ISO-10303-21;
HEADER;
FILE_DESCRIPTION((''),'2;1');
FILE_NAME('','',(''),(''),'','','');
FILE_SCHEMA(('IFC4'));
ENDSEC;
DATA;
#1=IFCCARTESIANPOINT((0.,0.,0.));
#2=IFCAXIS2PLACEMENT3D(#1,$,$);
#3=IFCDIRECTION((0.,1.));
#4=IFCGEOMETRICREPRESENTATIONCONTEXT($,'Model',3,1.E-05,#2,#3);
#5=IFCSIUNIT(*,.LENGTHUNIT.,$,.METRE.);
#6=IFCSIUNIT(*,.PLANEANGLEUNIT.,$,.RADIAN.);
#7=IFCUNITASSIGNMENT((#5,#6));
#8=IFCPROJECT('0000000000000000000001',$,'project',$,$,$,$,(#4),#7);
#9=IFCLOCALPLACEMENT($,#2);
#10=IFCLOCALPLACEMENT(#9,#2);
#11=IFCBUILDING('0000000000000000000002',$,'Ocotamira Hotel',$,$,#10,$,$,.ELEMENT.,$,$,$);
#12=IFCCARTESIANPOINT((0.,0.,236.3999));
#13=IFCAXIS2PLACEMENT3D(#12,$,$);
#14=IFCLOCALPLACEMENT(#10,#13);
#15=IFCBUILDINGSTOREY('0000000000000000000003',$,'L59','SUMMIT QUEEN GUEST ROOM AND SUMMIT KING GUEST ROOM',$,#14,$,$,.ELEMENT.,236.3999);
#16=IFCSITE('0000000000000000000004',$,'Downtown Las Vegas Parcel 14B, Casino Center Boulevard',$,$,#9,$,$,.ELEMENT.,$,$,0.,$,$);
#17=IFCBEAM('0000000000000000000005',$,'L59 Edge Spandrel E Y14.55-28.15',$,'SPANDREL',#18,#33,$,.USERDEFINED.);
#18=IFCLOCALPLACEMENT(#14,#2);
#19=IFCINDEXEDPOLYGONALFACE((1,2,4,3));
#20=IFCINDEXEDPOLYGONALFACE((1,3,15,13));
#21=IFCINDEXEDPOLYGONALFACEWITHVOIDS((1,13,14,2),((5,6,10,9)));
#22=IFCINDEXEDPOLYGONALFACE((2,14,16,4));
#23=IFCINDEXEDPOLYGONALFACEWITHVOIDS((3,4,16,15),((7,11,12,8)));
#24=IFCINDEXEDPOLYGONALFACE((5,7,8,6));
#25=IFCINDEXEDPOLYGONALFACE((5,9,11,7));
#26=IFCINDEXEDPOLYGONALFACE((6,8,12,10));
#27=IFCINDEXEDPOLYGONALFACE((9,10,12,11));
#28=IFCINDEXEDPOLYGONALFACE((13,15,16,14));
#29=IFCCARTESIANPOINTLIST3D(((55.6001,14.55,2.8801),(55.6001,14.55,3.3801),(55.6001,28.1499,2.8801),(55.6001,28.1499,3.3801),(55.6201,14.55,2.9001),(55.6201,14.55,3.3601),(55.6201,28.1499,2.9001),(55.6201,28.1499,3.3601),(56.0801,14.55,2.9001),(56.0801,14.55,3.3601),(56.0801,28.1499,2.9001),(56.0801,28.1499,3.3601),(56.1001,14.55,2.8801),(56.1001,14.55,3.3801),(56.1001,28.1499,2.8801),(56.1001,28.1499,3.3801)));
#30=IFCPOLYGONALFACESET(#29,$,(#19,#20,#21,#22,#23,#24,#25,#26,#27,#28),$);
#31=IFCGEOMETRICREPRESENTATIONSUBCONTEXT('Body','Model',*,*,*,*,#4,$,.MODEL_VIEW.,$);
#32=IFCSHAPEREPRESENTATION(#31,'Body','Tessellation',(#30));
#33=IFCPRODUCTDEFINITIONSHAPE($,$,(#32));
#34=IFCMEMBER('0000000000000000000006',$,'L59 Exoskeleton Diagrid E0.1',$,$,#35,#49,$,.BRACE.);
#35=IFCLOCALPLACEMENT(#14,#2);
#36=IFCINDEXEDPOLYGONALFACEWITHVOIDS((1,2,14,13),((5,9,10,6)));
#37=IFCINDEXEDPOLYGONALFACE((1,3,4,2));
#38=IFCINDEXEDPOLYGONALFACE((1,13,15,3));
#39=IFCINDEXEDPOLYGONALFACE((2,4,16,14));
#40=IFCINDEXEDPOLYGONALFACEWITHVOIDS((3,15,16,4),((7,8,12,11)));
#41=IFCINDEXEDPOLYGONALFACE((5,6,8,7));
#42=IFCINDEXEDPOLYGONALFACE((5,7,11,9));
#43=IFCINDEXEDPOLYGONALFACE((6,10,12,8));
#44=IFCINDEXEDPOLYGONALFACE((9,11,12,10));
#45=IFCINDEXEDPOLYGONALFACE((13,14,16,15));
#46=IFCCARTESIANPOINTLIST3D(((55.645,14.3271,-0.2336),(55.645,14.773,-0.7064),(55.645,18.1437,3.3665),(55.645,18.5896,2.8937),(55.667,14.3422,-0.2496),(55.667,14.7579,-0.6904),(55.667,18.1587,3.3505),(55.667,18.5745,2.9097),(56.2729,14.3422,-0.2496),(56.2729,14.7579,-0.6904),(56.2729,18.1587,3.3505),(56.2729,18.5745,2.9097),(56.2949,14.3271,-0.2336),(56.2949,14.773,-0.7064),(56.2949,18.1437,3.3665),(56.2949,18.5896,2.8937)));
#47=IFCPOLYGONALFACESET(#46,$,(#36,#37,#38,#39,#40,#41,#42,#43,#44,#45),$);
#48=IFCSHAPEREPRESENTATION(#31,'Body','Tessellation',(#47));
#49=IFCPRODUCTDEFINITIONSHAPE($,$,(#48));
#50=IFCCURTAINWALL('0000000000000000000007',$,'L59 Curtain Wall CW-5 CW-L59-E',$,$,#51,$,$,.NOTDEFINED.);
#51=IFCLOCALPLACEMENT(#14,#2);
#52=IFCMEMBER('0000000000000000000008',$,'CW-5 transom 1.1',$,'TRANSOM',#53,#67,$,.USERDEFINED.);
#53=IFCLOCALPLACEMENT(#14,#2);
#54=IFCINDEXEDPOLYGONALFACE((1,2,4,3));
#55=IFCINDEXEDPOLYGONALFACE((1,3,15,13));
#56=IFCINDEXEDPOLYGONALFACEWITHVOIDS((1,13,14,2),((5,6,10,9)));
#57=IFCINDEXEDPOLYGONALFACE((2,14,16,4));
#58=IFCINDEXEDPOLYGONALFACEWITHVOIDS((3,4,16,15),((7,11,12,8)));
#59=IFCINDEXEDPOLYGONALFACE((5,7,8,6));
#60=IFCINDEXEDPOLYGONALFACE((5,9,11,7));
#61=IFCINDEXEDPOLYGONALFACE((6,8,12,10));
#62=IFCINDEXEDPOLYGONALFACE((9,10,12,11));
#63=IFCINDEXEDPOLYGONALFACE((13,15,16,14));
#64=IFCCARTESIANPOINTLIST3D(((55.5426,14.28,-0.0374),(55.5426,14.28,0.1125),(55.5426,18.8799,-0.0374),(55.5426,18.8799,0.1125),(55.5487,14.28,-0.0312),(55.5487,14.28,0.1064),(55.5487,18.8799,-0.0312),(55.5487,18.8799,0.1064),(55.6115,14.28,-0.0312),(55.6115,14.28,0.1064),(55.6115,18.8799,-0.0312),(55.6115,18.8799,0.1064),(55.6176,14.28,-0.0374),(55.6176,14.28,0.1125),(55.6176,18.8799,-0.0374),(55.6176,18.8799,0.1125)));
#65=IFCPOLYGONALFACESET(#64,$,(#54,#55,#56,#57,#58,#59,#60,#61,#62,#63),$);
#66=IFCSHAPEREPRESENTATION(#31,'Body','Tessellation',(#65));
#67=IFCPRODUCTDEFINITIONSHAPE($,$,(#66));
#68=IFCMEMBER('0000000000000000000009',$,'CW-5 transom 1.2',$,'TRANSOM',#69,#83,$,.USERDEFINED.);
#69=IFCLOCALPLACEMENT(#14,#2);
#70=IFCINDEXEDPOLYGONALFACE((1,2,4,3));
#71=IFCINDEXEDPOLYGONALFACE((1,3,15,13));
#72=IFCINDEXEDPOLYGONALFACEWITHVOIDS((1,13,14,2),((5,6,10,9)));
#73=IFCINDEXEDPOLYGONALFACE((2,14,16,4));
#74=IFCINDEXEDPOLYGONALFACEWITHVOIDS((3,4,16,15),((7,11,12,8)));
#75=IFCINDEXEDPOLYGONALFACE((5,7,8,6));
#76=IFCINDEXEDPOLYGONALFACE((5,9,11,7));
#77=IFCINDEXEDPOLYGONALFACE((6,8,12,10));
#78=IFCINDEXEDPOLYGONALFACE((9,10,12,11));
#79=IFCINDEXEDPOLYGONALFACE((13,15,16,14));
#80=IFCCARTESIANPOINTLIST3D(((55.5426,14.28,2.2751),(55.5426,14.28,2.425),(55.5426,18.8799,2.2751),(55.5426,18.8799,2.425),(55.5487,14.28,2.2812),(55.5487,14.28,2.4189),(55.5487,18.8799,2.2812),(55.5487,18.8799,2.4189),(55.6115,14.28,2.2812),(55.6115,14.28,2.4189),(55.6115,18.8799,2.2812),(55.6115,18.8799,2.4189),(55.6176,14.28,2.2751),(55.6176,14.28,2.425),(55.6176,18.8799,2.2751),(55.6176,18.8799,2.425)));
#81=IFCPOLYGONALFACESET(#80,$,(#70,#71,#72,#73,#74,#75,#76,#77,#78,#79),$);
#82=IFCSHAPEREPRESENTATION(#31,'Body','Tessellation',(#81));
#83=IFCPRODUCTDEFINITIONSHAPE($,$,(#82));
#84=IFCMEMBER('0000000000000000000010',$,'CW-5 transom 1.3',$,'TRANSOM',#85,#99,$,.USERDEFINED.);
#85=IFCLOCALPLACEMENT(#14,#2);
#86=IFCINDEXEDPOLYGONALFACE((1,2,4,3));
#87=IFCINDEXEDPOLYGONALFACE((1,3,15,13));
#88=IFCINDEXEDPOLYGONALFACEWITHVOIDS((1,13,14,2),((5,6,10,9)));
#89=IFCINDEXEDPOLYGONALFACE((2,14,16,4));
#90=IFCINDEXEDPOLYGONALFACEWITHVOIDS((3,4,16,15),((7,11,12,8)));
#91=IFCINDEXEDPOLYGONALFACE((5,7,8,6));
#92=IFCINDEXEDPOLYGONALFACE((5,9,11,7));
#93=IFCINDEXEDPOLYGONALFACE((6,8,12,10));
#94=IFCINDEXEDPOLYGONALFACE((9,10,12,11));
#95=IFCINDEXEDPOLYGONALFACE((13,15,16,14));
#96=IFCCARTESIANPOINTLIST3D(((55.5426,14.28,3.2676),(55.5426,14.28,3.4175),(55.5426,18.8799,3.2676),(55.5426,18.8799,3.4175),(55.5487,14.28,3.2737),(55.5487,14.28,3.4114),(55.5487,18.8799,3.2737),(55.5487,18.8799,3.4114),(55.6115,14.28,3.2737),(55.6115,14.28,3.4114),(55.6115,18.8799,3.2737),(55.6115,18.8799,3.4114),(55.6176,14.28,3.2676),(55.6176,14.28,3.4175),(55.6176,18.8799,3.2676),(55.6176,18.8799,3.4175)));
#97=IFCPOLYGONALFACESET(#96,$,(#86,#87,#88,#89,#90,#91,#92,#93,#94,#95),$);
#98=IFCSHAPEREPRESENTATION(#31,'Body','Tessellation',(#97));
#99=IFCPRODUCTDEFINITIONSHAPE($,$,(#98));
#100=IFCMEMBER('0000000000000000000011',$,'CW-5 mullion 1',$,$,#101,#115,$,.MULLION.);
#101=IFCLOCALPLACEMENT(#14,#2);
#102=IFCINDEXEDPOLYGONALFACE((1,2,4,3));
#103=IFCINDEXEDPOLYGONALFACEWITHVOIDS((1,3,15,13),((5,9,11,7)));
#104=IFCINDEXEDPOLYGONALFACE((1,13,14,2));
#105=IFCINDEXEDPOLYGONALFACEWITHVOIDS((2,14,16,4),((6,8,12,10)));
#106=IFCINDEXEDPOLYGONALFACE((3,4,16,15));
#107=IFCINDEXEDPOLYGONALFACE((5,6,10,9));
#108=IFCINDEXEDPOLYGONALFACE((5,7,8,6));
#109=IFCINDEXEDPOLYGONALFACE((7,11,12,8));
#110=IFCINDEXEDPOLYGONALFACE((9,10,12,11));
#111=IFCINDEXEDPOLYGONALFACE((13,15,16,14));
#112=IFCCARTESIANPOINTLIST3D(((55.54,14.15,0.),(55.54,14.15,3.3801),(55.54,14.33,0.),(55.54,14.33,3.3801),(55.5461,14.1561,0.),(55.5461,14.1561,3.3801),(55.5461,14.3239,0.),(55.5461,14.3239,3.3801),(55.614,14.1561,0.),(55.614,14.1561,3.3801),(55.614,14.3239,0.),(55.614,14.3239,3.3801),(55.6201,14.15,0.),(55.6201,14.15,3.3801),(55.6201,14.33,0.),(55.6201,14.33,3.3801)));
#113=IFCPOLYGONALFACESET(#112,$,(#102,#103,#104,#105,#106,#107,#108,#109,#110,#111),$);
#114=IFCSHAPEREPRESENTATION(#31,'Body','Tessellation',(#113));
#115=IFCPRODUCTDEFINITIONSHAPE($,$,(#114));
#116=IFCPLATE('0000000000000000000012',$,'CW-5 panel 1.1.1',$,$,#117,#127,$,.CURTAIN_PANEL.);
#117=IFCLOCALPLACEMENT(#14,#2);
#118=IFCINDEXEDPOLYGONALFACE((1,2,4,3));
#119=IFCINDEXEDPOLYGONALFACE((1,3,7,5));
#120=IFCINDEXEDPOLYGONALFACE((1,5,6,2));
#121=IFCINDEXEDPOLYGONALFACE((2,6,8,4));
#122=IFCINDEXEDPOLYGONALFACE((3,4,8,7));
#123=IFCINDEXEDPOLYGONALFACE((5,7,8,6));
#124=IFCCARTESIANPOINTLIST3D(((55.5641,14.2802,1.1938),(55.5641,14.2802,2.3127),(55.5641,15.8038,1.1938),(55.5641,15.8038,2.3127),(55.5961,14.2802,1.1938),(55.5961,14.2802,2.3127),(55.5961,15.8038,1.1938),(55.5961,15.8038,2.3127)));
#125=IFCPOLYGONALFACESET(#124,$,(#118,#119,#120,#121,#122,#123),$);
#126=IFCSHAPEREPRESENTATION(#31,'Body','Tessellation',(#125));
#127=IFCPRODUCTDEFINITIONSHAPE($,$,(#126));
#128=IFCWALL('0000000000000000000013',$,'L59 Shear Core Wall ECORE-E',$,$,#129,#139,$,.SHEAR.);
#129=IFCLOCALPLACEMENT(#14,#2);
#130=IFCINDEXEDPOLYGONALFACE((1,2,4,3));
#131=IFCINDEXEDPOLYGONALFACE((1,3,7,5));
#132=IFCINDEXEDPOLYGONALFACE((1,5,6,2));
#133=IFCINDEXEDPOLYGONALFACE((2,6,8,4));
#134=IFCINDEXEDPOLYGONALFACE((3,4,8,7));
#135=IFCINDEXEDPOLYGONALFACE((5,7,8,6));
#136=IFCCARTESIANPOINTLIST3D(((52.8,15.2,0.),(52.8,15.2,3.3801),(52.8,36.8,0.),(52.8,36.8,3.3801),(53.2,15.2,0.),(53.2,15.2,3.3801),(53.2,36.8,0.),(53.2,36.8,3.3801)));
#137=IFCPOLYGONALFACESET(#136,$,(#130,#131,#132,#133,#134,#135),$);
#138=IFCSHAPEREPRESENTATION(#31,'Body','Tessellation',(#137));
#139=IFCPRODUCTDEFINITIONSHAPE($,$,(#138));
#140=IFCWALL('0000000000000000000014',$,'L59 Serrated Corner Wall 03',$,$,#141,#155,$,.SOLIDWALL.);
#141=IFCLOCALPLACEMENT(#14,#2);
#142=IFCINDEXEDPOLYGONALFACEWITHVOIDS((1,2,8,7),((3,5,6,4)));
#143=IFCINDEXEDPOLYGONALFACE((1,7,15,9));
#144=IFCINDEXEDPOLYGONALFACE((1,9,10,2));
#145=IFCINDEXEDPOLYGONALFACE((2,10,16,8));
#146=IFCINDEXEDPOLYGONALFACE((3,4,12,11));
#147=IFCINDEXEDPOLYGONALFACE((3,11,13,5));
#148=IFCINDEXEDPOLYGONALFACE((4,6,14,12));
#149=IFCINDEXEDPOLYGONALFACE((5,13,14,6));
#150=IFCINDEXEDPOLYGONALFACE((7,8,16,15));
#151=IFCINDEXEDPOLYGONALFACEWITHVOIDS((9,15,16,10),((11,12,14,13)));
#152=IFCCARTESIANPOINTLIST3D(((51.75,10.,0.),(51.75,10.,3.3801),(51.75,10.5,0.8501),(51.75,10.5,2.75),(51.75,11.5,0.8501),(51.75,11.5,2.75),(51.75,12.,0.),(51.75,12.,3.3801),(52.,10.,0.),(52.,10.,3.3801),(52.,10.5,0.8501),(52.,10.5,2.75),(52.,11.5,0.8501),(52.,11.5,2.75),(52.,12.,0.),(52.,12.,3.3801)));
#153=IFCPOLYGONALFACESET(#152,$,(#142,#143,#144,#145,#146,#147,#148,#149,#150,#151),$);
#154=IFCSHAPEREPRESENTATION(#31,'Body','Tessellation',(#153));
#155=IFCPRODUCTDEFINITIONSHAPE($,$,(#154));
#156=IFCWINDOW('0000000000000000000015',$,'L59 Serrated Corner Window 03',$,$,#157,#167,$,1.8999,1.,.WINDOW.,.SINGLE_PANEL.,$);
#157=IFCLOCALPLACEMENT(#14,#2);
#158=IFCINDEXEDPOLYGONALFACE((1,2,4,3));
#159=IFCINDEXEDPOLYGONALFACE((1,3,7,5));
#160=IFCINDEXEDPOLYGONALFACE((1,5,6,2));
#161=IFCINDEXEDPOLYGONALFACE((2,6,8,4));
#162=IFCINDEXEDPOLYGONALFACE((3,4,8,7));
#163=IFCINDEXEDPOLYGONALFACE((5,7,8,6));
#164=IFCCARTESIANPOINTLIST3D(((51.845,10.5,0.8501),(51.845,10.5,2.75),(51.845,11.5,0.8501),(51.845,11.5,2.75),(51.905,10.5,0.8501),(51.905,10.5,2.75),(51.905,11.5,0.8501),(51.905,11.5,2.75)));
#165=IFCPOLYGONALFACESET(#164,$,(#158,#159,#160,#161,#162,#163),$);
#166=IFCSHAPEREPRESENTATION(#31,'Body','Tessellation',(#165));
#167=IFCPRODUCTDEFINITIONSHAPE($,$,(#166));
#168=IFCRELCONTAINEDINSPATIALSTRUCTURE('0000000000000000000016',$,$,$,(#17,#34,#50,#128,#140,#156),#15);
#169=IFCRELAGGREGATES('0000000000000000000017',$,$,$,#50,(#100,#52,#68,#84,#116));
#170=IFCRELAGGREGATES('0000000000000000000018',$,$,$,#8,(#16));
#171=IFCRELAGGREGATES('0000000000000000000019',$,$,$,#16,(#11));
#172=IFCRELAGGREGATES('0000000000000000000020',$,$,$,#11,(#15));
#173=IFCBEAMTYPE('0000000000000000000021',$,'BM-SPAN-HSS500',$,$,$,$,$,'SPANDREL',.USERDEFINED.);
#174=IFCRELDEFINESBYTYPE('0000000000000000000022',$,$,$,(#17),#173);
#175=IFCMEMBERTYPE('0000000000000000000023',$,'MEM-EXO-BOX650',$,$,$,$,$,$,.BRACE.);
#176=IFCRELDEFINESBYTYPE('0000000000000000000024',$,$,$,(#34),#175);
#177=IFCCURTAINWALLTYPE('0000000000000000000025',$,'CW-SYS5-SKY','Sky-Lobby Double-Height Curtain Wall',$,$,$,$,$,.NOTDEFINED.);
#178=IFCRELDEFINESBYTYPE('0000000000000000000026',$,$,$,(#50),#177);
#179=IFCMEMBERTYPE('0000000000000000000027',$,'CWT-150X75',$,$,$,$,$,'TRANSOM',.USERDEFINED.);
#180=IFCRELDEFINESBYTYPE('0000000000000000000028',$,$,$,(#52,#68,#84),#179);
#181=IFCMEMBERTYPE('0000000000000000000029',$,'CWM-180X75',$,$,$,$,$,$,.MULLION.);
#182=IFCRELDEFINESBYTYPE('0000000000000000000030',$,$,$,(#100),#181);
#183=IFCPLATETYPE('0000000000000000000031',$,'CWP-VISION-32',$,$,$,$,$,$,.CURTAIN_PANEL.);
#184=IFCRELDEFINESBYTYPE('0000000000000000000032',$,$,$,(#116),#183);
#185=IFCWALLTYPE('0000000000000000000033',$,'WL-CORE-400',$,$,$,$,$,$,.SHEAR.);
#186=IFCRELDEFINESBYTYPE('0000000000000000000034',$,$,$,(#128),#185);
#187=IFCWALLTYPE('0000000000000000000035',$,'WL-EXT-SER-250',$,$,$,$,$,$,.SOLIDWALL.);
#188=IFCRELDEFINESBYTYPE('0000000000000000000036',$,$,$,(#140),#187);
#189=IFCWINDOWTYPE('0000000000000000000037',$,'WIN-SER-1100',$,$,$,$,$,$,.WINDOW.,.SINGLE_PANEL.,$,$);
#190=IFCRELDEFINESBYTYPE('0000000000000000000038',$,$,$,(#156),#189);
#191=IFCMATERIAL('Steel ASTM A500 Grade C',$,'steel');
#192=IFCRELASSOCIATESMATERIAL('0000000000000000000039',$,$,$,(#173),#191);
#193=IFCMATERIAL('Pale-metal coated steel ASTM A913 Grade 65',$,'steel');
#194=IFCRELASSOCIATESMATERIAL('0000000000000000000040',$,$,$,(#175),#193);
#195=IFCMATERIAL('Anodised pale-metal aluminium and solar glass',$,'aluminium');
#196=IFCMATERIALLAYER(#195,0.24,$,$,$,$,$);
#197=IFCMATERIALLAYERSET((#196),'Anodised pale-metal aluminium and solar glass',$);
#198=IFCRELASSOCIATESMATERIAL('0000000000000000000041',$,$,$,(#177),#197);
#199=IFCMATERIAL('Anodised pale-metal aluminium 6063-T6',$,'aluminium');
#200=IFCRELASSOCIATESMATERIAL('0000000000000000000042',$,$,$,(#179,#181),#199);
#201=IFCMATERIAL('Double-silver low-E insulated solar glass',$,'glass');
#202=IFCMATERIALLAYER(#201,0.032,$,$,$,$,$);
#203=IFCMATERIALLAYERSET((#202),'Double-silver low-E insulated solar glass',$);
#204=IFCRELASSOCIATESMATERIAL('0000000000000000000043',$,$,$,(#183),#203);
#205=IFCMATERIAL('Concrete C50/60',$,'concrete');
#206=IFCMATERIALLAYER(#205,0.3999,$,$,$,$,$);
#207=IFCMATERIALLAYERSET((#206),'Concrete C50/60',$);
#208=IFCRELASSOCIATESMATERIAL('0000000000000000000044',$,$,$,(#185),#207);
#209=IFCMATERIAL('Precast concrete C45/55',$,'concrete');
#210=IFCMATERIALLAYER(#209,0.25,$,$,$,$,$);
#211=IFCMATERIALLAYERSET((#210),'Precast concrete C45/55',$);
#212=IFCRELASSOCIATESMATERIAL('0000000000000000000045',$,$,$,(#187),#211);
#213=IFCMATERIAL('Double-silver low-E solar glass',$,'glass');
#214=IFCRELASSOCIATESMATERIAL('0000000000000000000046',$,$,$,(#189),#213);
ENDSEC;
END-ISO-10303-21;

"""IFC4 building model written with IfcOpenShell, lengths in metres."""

from ifc_helpers import new_model, si_unit, direction, frame, frame_2d, origin, origin_2d, place, context, subcontext, project, spatial, rectangle, hollow_rectangle, extrude, source, transform, mapped, material, layer, layer_set, material_profile, profile_set, type_object, element, fill, aggregate, save


model = new_model("IFC4")

# Units and contexts
model_context = context("Model", 3, precision=1e-05, world=origin(), true_north=direction((0.0, 1.0)))
body_context = subcontext(model_context, "Body", "Model", "MODEL_VIEW")
ifc_project = project(units=[si_unit("LENGTHUNIT", "METRE"), si_unit("PLANEANGLEUNIT", "RADIAN")], contexts=[model_context])

# Site, building, storey
site_placement = place(None, origin())
site = spatial("IfcSite", under=ifc_project, at=site_placement, Name="Downtown Las Vegas Parcel 14B, Casino Center Boulevard", CompositionType="ELEMENT", RefElevation=0.0)
building_placement = place(site_placement, origin())
building = spatial("IfcBuilding", under=site, at=building_placement, Name="Ocotamira Hotel", CompositionType="ELEMENT")
storey_placement = place(building_placement, frame((0.0, 0.0, 236.3999)))
storey = spatial("IfcBuildingStorey", under=building, at=storey_placement, Name="L59", Description="SUMMIT QUEEN GUEST ROOM AND SUMMIT KING GUEST ROOM", CompositionType="ELEMENT", Elevation=236.3999)

# Beam
ifc_material_1 = material(Name="Steel ASTM A500 Grade C", Category="steel")
ifc_material_profile_1 = material_profile(ifc_material_1, hollow_rectangle(XDim=0.5, YDim=0.5, WallThickness=0.02, at=origin_2d()), Name="HSS500X500X20")
ifc_profile_set_1 = profile_set([ifc_material_profile_1], Name="Steel ASTM A500 Grade C")
beam_type_1 = type_object("IfcBeamType", Name="BM-SPAN-HSS500", ElementType="SPANDREL", PredefinedType="USERDEFINED", material=ifc_profile_set_1)
shared_shape_1 = source(origin(), body_context, "Body", "SweptSolid", [
    extrude(hollow_rectangle(XDim=0.5, YDim=0.5, WallThickness=0.02, at=origin_2d()), origin(), (0.0, 0.0, 1.0), 13.5999),
])
beam_1_placement = place(storey_placement, frame((55.8501, 14.55, 3.1301), z_axis=(0.0, 1.0, 0.0), x_axis=(-1.0, 0.0, 0.0)))
element("IfcBeam", 1, at=beam_1_placement, inside=storey, type_object=beam_type_1, Name="L59 Edge Spandrel E Y14.55-28.15", ObjectType="SPANDREL", PredefinedType="USERDEFINED", context=body_context, shape_type="MappedRepresentation", body=[
    mapped(shared_shape_1, transform((0.0, 0.0, 0.0), scale=1.0)),
])

# Member
ifc_material_2 = material(Name="Pale-metal coated steel ASTM A913 Grade 65", Category="steel")
ifc_material_profile_2 = material_profile(ifc_material_2, hollow_rectangle(XDim=0.6499, YDim=0.6499, WallThickness=0.022, at=origin_2d()), Name="BOX650X650X22")
ifc_profile_set_2 = profile_set([ifc_material_profile_2], Name="Pale-metal coated steel ASTM A913 Grade 65")
member_type_1 = type_object("IfcMemberType", Name="MEM-EXO-BOX650", PredefinedType="BRACE", material=ifc_profile_set_2)
shared_shape_2 = source(origin(), body_context, "Body", "SweptSolid", [
    extrude(hollow_rectangle(XDim=0.6499, YDim=0.6499, WallThickness=0.022, at=origin_2d()), origin(), (0.0, 0.0, 1.0), 5.2466),
])
member_1_placement = place(storey_placement, frame((55.97, 14.55, -0.47), z_axis=(0.0, 0.727443, 0.686168), x_axis=(-1.0, 0.0, 0.0)))
element("IfcMember", 2, at=member_1_placement, inside=storey, type_object=member_type_1, Name="L59 Exoskeleton Diagrid E0.1", PredefinedType="BRACE", context=body_context, shape_type="MappedRepresentation", body=[
    mapped(shared_shape_2, transform((0.0, 0.0, 0.0), scale=1.0)),
])

# Curtain wall, members, plate
ifc_material_3 = material(Name="Anodised pale-metal aluminium and solar glass", Category="aluminium")
ifc_layer_1 = layer(ifc_material_3, 0.24)
ifc_layer_set_1 = layer_set([ifc_layer_1], Name="Anodised pale-metal aluminium and solar glass")
curtain_wall_type = type_object("IfcCurtainWallType", Name="CW-SYS5-SKY", Description="Sky-Lobby Double-Height Curtain Wall", PredefinedType="NOTDEFINED", material=ifc_layer_set_1)
curtain_wall_placement = place(storey_placement, origin())
curtain_wall = element("IfcCurtainWall", 3, at=curtain_wall_placement, inside=storey, type_object=curtain_wall_type, Name="L59 Curtain Wall CW-5 CW-L59-E", PredefinedType="NOTDEFINED")
ifc_material_4 = material(Name="Anodised pale-metal aluminium 6063-T6", Category="aluminium")
ifc_material_profile_3 = material_profile(ifc_material_4, hollow_rectangle(XDim=0.075, YDim=0.1499, WallThickness=0.0061, at=origin_2d()), Name="HSS150X75X6")
ifc_profile_set_3 = profile_set([ifc_material_profile_3], Name="Anodised pale-metal aluminium 6063-T6")
member_type_2 = type_object("IfcMemberType", Name="CWT-150X75", ElementType="TRANSOM", PredefinedType="USERDEFINED", material=ifc_profile_set_3)
shared_shape_3 = source(origin(), body_context, "Body", "SweptSolid", [
    extrude(hollow_rectangle(XDim=0.075, YDim=0.1499, WallThickness=0.0061, at=origin_2d()), origin(), (0.0, 0.0, 1.0), 4.5999),
])
member_2_placement = place(storey_placement, frame((55.5801, 14.28, 0.0376), z_axis=(0.0, 1.0, 0.0), x_axis=(-1.0, 0.0, 0.0)))
member_2 = element("IfcMember", 4, at=member_2_placement, type_object=member_type_2, Name="CW-5 transom 1.1", ObjectType="TRANSOM", PredefinedType="USERDEFINED", context=body_context, shape_type="MappedRepresentation", body=[
    mapped(shared_shape_3, transform((0.0, 0.0, 0.0), scale=1.0)),
])
member_3_placement = place(storey_placement, frame((55.5801, 14.28, 2.3501), z_axis=(0.0, 1.0, 0.0), x_axis=(-1.0, 0.0, 0.0)))
member_3 = element("IfcMember", 5, at=member_3_placement, type_object=member_type_2, Name="CW-5 transom 1.2", ObjectType="TRANSOM", PredefinedType="USERDEFINED", context=body_context, shape_type="MappedRepresentation", body=[
    mapped(shared_shape_3, transform((0.0, 0.0, 0.0), scale=1.0)),
])
member_4_placement = place(storey_placement, frame((55.5801, 14.28, 3.3425), z_axis=(0.0, 1.0, 0.0), x_axis=(-1.0, 0.0, 0.0)))
member_4 = element("IfcMember", 6, at=member_4_placement, type_object=member_type_2, Name="CW-5 transom 1.3", ObjectType="TRANSOM", PredefinedType="USERDEFINED", context=body_context, shape_type="MappedRepresentation", body=[
    mapped(shared_shape_3, transform((0.0, 0.0, 0.0), scale=1.0)),
])
ifc_material_profile_4 = material_profile(ifc_material_4, hollow_rectangle(XDim=0.0801, YDim=0.1799, WallThickness=0.0061, at=origin_2d()), Name="HSS180X80X6")
ifc_profile_set_4 = profile_set([ifc_material_profile_4], Name="Anodised pale-metal aluminium 6063-T6")
member_type_3 = type_object("IfcMemberType", Name="CWM-180X75", PredefinedType="MULLION", material=ifc_profile_set_4)
shared_shape_4 = source(origin(), body_context, "Body", "SweptSolid", [
    extrude(hollow_rectangle(XDim=0.0801, YDim=0.1799, WallThickness=0.0061, at=origin_2d()), origin(), (0.0, 0.0, 1.0), 3.3801),
])
member_5_placement = place(storey_placement, frame((55.5801, 14.24, 0.0), z_axis=(0.0, 0.0, 1.0), x_axis=(-1.0, 0.0, 0.0)))
member_5 = element("IfcMember", 7, at=member_5_placement, type_object=member_type_3, Name="CW-5 mullion 1", PredefinedType="MULLION", context=body_context, shape_type="MappedRepresentation", body=[
    mapped(shared_shape_4, transform((0.0, 0.0, 0.0), scale=1.0)),
])
ifc_material_5 = material(Name="Double-silver low-E insulated solar glass", Category="glass")
ifc_layer_2 = layer(ifc_material_5, 0.032)
ifc_layer_set_2 = layer_set([ifc_layer_2], Name="Double-silver low-E insulated solar glass")
plate_type = type_object("IfcPlateType", Name="CWP-VISION-32", PredefinedType="CURTAIN_PANEL", material=ifc_layer_set_2)
shared_shape_5 = source(origin(), body_context, "Body", "SweptSolid", [
    extrude(rectangle(XDim=1.5237, YDim=0.032, at=origin_2d()), origin(), (0.0, 0.0, 1.0), 1.1189),
])
plate_placement = place(storey_placement, frame((55.5801, 15.042, 1.1938), z_axis=(0.0, 0.0, 1.0), x_axis=(0.0, 1.0, 0.0)))
plate = element("IfcPlate", 8, at=plate_placement, type_object=plate_type, Name="CW-5 panel 1.1.1", PredefinedType="CURTAIN_PANEL", context=body_context, shape_type="MappedRepresentation", body=[
    mapped(shared_shape_5, transform((0.0, 0.0, 0.0), scale=1.0)),
])
aggregate(curtain_wall, [member_5, member_2, member_3, member_4, plate])

# Wall
ifc_material_6 = material(Name="Concrete C50/60", Category="concrete")
ifc_layer_3 = layer(ifc_material_6, 0.3999)
ifc_layer_set_3 = layer_set([ifc_layer_3], Name="Concrete C50/60")
wall_type_1 = type_object("IfcWallType", Name="WL-CORE-400", PredefinedType="SHEAR", material=ifc_layer_set_3)
wall_1_placement = place(storey_placement, frame((53.0, 15.2, 0.0), z_axis=(0.0, 0.0, 1.0), x_axis=(0.0, 1.0, 0.0)))
element("IfcWall", 9, at=wall_1_placement, inside=storey, type_object=wall_type_1, Name="L59 Shear Core Wall ECORE-E", PredefinedType="SHEAR", context=body_context, shape_type="SweptSolid", body=[
    extrude(rectangle(XDim=21.6001, YDim=0.3999, at=frame_2d((10.8, 0.0))), origin(), (0.0, 0.0, 1.0), 3.3801),
])

# Wall, opening, window
ifc_material_7 = material(Name="Precast concrete C45/55", Category="concrete")
ifc_layer_4 = layer(ifc_material_7, 0.25)
ifc_layer_set_4 = layer_set([ifc_layer_4], Name="Precast concrete C45/55")
wall_type_2 = type_object("IfcWallType", Name="WL-EXT-SER-250", PredefinedType="SOLIDWALL", material=ifc_layer_set_4)
wall_2_placement = place(storey_placement, frame((51.875, 10.0, 0.0), z_axis=(0.0, 0.0, 1.0), x_axis=(0.0, 1.0, 0.0)))
wall_2 = element("IfcWall", 10, at=wall_2_placement, inside=storey, type_object=wall_type_2, Name="L59 Serrated Corner Wall 03", PredefinedType="SOLIDWALL", context=body_context, shape_type="SweptSolid", body=[
    extrude(rectangle(XDim=2.0, YDim=0.25, at=frame_2d((1.0, 0.0))), origin(), (0.0, 0.0, 1.0), 3.3801),
])
opening_1_placement = place(wall_2_placement, frame((0.5, 0.0, 0.8501)))
opening_1 = element("IfcOpeningElement", 11, at=opening_1_placement, cuts=wall_2, PredefinedType="OPENING", context=body_context, shape_type="SweptSolid", body=[
    extrude(rectangle(XDim=1.0, YDim=1.8999, at=frame_2d((0.5, 0.95))), frame((0.0, 0.135, 0.0), z_axis=(0.0, -1.0, 0.0), x_axis=(1.0, 0.0, 0.0)), (0.0, 0.0, 1.0), 0.27),
])
ifc_material_8 = material(Name="Double-silver low-E solar glass", Category="glass")
window_type = type_object("IfcWindowType", Name="WIN-SER-1100", PartitioningType="SINGLE_PANEL", PredefinedType="WINDOW", material=ifc_material_8)
shared_shape_6 = source(origin(), body_context, "Body", "SweptSolid", [
    extrude(rectangle(XDim=1.0, YDim=1.8999, at=frame_2d((0.5, 0.95))), frame((0.0, 0.03, 0.0), z_axis=(0.0, -1.0, 0.0), x_axis=(1.0, 0.0, 0.0)), (0.0, 0.0, 1.0), 0.0601),
])
window_placement = place(opening_1_placement, origin())
window = element("IfcWindow", 12, at=window_placement, inside=storey, type_object=window_type, Name="L59 Serrated Corner Window 03", OverallHeight=1.8999, OverallWidth=1.0, PartitioningType="SINGLE_PANEL", PredefinedType="WINDOW", context=body_context, shape_type="MappedRepresentation", body=[
    mapped(shared_shape_6, transform((0.0, 0.0, 0.0), scale=1.0)),
])
fill(opening_1, window)

save(model, "model.ifc")
